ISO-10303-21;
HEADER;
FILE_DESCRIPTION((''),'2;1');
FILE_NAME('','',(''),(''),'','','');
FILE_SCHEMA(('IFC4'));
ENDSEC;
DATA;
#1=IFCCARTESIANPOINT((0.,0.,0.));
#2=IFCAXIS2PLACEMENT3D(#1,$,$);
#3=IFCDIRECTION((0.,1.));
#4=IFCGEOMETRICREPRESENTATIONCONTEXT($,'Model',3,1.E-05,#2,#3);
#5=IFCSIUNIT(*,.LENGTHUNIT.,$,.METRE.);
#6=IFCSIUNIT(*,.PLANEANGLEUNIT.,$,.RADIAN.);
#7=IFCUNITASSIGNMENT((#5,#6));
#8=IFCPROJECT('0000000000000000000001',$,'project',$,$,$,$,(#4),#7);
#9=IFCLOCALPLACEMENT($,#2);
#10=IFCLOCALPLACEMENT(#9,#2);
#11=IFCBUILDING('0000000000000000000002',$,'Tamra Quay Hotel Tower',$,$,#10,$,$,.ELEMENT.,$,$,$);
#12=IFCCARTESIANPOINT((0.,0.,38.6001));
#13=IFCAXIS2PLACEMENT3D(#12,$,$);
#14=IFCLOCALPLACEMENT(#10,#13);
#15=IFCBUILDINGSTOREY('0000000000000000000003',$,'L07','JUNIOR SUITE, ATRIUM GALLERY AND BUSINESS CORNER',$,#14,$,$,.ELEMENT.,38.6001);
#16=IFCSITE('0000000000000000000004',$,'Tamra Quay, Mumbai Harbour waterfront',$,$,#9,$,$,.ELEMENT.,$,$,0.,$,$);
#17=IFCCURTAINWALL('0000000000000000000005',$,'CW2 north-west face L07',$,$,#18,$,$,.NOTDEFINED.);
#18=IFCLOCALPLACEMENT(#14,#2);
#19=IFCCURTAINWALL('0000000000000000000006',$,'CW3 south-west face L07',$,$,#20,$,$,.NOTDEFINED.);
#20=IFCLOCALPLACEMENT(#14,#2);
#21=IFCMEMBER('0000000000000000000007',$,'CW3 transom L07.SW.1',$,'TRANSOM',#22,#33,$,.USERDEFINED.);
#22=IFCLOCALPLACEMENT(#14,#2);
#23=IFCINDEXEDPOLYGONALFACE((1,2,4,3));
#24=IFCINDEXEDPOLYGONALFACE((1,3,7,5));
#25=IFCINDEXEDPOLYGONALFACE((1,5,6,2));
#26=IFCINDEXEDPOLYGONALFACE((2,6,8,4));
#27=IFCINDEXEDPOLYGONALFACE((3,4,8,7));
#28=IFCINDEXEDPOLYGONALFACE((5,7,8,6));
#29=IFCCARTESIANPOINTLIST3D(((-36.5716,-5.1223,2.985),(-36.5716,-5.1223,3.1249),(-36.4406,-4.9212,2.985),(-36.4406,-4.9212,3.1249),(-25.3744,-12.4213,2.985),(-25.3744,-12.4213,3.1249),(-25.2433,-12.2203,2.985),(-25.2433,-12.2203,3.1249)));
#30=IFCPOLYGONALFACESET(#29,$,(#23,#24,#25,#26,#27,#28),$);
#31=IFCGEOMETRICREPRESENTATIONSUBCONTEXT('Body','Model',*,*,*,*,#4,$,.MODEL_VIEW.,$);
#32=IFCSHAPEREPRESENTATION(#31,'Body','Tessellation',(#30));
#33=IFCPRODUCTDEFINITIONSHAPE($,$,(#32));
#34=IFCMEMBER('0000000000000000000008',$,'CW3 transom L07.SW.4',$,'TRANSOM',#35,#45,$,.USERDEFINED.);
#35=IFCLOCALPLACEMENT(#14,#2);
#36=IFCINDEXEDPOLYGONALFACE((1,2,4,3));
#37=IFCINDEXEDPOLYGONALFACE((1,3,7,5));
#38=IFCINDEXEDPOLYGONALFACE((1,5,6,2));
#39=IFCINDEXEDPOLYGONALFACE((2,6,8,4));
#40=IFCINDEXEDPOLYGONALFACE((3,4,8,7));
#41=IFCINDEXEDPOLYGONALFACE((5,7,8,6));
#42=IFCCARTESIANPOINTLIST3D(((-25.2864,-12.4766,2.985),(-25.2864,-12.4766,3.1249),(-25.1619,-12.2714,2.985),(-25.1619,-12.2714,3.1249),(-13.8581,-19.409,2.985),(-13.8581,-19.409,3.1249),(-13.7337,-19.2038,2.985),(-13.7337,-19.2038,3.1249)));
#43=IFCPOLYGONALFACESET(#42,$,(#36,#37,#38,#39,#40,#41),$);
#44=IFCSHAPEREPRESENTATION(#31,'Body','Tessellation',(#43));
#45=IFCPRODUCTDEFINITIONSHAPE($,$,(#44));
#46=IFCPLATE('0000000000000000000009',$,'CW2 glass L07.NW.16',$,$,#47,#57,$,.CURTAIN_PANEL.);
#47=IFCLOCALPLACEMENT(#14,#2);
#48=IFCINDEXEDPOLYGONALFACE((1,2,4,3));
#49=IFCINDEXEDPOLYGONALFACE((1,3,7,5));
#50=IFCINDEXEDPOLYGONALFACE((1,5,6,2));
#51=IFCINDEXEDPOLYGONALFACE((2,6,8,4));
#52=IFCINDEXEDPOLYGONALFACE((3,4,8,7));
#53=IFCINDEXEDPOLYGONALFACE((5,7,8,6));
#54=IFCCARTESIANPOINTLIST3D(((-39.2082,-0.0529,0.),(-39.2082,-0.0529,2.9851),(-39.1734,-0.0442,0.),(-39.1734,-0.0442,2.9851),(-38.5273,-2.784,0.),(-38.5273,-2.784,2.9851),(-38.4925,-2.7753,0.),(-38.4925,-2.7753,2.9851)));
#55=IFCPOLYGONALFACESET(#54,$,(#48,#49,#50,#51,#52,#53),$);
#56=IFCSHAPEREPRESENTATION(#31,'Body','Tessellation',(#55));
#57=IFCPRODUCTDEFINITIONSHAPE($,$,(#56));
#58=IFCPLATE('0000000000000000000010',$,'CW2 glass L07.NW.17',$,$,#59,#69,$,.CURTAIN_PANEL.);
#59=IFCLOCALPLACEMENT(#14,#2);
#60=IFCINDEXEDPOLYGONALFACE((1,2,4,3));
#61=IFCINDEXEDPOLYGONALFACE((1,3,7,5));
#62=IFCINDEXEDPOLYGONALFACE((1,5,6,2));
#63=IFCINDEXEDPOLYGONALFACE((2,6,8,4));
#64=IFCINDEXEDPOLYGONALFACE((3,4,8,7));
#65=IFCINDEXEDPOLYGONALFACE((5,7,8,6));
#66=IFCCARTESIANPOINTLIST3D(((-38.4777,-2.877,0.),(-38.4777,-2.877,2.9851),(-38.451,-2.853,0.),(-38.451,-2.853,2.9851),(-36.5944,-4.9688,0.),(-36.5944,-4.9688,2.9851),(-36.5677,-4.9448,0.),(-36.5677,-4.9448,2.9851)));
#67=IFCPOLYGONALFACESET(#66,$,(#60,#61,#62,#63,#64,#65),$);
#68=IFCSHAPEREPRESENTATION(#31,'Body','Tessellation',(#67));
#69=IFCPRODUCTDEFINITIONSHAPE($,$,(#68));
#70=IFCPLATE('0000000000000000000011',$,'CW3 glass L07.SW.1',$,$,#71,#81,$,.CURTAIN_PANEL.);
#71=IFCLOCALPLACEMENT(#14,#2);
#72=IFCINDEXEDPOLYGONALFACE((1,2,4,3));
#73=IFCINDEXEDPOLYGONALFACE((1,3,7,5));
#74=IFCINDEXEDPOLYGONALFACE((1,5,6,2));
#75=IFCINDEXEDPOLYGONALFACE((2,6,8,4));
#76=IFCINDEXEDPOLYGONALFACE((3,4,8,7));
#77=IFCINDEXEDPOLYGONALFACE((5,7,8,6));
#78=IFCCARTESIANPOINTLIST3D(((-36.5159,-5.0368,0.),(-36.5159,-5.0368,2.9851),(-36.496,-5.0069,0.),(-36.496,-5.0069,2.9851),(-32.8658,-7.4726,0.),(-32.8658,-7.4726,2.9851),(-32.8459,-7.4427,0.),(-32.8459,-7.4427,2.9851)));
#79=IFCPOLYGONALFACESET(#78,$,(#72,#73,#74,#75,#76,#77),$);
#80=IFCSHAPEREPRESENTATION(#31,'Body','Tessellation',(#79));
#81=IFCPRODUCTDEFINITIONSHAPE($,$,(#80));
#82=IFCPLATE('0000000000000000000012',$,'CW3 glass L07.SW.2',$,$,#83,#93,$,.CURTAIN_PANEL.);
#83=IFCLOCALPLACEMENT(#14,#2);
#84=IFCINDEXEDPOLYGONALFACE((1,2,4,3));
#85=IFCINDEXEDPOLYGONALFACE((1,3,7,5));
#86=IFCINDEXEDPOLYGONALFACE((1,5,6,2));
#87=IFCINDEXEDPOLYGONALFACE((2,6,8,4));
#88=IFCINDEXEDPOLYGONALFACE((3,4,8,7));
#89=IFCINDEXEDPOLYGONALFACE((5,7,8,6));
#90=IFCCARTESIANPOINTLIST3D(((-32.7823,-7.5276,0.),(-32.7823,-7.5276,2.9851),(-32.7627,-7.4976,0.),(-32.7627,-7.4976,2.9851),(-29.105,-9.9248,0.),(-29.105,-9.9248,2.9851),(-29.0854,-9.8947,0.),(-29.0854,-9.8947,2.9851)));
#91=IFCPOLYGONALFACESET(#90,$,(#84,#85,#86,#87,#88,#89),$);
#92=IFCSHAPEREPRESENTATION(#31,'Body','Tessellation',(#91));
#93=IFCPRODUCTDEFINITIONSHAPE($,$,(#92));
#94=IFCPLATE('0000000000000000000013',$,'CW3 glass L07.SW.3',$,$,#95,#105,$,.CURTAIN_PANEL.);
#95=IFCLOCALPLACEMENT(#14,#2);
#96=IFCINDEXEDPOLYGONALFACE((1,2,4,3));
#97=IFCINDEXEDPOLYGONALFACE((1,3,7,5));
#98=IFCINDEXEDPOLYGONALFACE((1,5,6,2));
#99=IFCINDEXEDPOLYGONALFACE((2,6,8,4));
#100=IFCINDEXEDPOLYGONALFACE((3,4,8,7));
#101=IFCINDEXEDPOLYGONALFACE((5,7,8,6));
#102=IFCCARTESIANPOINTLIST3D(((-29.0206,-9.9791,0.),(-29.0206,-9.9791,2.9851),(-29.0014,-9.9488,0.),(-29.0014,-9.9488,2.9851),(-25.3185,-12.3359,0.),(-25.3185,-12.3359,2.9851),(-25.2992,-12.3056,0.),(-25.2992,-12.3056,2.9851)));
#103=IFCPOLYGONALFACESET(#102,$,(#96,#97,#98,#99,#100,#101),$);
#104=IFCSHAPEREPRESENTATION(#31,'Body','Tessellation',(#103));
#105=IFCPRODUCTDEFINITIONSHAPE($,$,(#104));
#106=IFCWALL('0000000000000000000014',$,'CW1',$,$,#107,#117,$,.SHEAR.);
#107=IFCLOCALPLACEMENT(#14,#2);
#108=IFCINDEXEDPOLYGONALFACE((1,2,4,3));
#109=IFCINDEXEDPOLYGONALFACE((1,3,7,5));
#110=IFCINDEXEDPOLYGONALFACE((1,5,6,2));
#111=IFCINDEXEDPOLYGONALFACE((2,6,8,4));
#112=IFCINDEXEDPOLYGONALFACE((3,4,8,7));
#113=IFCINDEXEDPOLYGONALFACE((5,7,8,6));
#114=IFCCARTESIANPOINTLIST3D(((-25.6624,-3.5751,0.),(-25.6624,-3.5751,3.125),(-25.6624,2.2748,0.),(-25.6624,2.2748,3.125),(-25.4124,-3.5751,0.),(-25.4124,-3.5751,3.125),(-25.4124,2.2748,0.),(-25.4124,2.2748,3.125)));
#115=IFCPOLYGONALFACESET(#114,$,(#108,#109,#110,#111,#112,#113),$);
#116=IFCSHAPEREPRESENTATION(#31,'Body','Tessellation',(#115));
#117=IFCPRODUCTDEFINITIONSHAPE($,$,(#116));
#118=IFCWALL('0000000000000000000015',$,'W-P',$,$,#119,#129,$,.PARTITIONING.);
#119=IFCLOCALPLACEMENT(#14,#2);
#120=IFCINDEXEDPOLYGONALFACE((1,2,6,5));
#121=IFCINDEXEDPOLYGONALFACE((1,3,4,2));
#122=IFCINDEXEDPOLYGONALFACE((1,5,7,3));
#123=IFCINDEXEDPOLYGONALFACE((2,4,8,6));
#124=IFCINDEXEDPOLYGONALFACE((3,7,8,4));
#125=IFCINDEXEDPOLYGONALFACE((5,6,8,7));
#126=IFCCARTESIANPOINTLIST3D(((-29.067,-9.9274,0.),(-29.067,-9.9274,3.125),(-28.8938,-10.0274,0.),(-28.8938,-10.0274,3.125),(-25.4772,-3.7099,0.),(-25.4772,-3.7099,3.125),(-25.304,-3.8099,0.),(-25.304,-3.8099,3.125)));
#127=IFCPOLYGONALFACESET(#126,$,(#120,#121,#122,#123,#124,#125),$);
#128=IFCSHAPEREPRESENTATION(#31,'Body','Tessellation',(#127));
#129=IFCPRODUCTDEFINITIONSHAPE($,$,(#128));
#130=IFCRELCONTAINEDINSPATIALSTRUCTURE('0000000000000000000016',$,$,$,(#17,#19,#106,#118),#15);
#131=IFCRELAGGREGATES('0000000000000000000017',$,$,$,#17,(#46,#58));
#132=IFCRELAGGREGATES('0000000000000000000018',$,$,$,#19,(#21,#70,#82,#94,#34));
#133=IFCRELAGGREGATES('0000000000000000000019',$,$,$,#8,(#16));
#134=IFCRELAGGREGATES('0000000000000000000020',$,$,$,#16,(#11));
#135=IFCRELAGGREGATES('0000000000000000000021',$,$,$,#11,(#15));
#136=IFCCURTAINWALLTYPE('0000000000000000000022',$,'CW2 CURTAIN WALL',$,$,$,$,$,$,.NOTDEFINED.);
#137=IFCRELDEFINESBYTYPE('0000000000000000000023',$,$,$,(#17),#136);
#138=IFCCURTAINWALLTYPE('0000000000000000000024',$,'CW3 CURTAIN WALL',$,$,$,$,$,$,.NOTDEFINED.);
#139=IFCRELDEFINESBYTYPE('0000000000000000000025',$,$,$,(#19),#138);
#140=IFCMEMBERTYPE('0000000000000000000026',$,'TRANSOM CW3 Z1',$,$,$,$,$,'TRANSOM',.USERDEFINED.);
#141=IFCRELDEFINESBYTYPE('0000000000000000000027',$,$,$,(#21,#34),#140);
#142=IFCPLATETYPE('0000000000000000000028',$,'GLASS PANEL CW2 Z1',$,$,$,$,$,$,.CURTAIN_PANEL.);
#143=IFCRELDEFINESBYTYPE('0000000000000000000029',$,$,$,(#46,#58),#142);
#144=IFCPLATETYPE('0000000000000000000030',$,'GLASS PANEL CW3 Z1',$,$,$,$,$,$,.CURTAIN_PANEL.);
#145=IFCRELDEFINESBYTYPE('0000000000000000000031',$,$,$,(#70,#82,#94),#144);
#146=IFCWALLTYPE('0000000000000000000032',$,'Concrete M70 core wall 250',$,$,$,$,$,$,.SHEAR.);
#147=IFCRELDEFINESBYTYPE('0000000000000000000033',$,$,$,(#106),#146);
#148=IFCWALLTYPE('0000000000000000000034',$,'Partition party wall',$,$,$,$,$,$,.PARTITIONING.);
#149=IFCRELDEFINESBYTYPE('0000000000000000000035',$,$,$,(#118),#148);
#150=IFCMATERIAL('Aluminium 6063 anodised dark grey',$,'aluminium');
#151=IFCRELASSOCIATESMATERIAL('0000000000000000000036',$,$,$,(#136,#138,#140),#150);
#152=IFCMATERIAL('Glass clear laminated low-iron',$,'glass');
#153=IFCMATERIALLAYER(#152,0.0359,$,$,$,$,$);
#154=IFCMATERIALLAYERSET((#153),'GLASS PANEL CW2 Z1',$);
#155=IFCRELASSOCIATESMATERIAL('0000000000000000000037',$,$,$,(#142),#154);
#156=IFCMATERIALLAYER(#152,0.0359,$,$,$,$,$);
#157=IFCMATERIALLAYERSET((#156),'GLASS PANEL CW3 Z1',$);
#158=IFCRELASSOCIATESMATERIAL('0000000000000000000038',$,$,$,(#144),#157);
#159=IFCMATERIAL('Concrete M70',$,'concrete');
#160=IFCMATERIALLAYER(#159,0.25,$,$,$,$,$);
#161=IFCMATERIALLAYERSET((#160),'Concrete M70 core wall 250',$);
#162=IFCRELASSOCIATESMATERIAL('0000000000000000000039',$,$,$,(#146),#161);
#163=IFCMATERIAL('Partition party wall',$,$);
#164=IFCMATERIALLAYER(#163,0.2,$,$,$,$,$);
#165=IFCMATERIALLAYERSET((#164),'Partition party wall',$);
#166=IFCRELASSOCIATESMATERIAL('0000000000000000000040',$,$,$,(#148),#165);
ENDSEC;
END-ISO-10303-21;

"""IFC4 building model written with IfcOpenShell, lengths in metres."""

from ifc_helpers import new_model, si_unit, direction, frame, frame_2d, origin, origin_2d, place, context, subcontext, project, spatial, rectangle, extrude, material, layer, layer_set, material_profile, profile_set, type_object, element, aggregate, save


model = new_model("IFC4")

# Units and contexts
model_context = context("Model", 3, precision=1e-05, world=origin(), true_north=direction((0.0, 1.0)))
body_context = subcontext(model_context, "Body", "Model", "MODEL_VIEW")
ifc_project = project(units=[si_unit("LENGTHUNIT", "METRE"), si_unit("PLANEANGLEUNIT", "RADIAN")], contexts=[model_context])

# Site, building, storey
site_placement = place(None, origin())
site = spatial("IfcSite", under=ifc_project, at=site_placement, Name="Tamra Quay, Mumbai Harbour waterfront", CompositionType="ELEMENT", RefElevation=0.0)
building_placement = place(site_placement, origin())
building = spatial("IfcBuilding", under=site, at=building_placement, Name="Tamra Quay Hotel Tower", CompositionType="ELEMENT")
storey_placement = place(building_placement, frame((0.0, 0.0, 38.6001)))
storey = spatial("IfcBuildingStorey", under=building, at=storey_placement, Name="L07", Description="JUNIOR SUITE, ATRIUM GALLERY AND BUSINESS CORNER", CompositionType="ELEMENT", Elevation=38.6001)

# Shared definitions
ifc_material_1 = material(Name="Concrete M70", Category="concrete")

# Curtain wall
ifc_material_2 = material(Name="Aluminium 6063 anodised dark grey", Category="aluminium")
curtain_wall_type_1 = type_object("IfcCurtainWallType", Name="CW2 CURTAIN WALL", PredefinedType="NOTDEFINED", material=ifc_material_2)
curtain_wall_1_placement = place(storey_placement, origin())
curtain_wall_1 = element("IfcCurtainWall", 1, at=curtain_wall_1_placement, inside=storey, type_object=curtain_wall_type_1, Name="CW2 north-west face L07", PredefinedType="NOTDEFINED")

# Curtain wall
curtain_wall_type_2 = type_object("IfcCurtainWallType", Name="CW3 CURTAIN WALL", PredefinedType="NOTDEFINED", material=ifc_material_2)
curtain_wall_2_placement = place(storey_placement, origin())
curtain_wall_2 = element("IfcCurtainWall", 2, at=curtain_wall_2_placement, inside=storey, type_object=curtain_wall_type_2, Name="CW3 south-west face L07", PredefinedType="NOTDEFINED")

# Members
ifc_material_profile_1 = material_profile(ifc_material_2, rectangle(XDim=0.24, YDim=0.1399, at=origin_2d()), Name="TRANSOM 240X140")
ifc_profile_set_1 = profile_set([ifc_material_profile_1], Name="Aluminium 6063 anodised dark grey")
member_type_1 = type_object("IfcMemberType", Name="TRANSOM CW3 Z1", ElementType="TRANSOM", PredefinedType="USERDEFINED", material=ifc_profile_set_1)
member_1_placement = place(storey_placement, frame((-36.5061, -5.0217, 3.0549), z_axis=(0.83773, -0.546084, 0.0), x_axis=(0.546084, 0.83773, 0.0)))
member_1 = element("IfcMember", 3, at=member_1_placement, type_object=member_type_1, Name="CW3 transom L07.SW.1", ObjectType="TRANSOM", PredefinedType="USERDEFINED", context=body_context, shape_type="SweptSolid", body=[
    extrude(rectangle(XDim=0.24, YDim=0.1399, at=origin_2d()), origin(), (0.0, 0.0, 1.0), 13.3662),
])
member_2_placement = place(storey_placement, frame((-25.2241, -12.374, 3.0549), z_axis=(0.854993, -0.51864, 0.0), x_axis=(0.51864, 0.854993, 0.0)))
member_2 = element("IfcMember", 4, at=member_2_placement, type_object=member_type_1, Name="CW3 transom L07.SW.4", ObjectType="TRANSOM", PredefinedType="USERDEFINED", context=body_context, shape_type="SweptSolid", body=[
    extrude(rectangle(XDim=0.24, YDim=0.1399, at=origin_2d()), origin(), (0.0, 0.0, 1.0), 13.3665),
])

# Plates
ifc_material_3 = material(Name="Glass clear laminated low-iron", Category="glass")
ifc_layer_1 = layer(ifc_material_3, 0.0359)
ifc_layer_set_1 = layer_set([ifc_layer_1], Name="GLASS PANEL CW2 Z1")
plate_type_1 = type_object("IfcPlateType", Name="GLASS PANEL CW2 Z1", PredefinedType="CURTAIN_PANEL", material=ifc_layer_set_1)
plate_1_placement = place(storey_placement, frame((-38.8503, -1.4141, 0.0), z_axis=(0.0, 0.0, 1.0), x_axis=(0.241914, -0.970298, 0.0)))
plate_1 = element("IfcPlate", 5, at=plate_1_placement, type_object=plate_type_1, Name="CW2 glass L07.NW.16", PredefinedType="CURTAIN_PANEL", context=body_context, shape_type="SweptSolid", body=[
    extrude(rectangle(XDim=2.8147, YDim=0.0359, at=origin_2d()), origin(), (0.0, 0.0, 1.0), 2.9851),
])
plate_2_placement = place(storey_placement, frame((-37.5227, -3.9109, 0.0), z_axis=(0.0, 0.0, 1.0), x_axis=(0.669112, -0.743161, 0.0)))
plate_2 = element("IfcPlate", 6, at=plate_2_placement, type_object=plate_type_1, Name="CW2 glass L07.NW.17", PredefinedType="CURTAIN_PANEL", context=body_context, shape_type="SweptSolid", body=[
    extrude(rectangle(XDim=2.8147, YDim=0.0359, at=origin_2d()), origin(), (0.0, 0.0, 1.0), 2.9851),
])
aggregate(curtain_wall_1, [plate_1, plate_2])
ifc_layer_2 = layer(ifc_material_3, 0.0359)
ifc_layer_set_2 = layer_set([ifc_layer_2], Name="GLASS PANEL CW3 Z1")
plate_type_2 = type_object("IfcPlateType", Name="GLASS PANEL CW3 Z1", PredefinedType="CURTAIN_PANEL", material=ifc_layer_set_2)
plate_3_placement = place(storey_placement, frame((-34.6809, -6.2397, 0.0), z_axis=(0.0, 0.0, 1.0), x_axis=(0.831798, -0.555079, 0.0)))
plate_3 = element("IfcPlate", 7, at=plate_3_placement, type_object=plate_type_2, Name="CW3 glass L07.SW.1", PredefinedType="CURTAIN_PANEL", context=body_context, shape_type="SweptSolid", body=[
    extrude(rectangle(XDim=4.3882, YDim=0.0359, at=origin_2d()), origin(), (0.0, 0.0, 1.0), 2.9851),
])
plate_4_placement = place(storey_placement, frame((-30.9338, -8.7112, 0.0), z_axis=(0.0, 0.0, 1.0), x_axis=(0.837728, -0.546088, 0.0)))
plate_4 = element("IfcPlate", 8, at=plate_4_placement, type_object=plate_type_2, Name="CW3 glass L07.SW.2", PredefinedType="CURTAIN_PANEL", context=body_context, shape_type="SweptSolid", body=[
    extrude(rectangle(XDim=4.3896, YDim=0.0359, at=origin_2d()), origin(), (0.0, 0.0, 1.0), 2.9851),
])
plate_5_placement = place(storey_placement, frame((-27.1599, -11.1423, 0.0), z_axis=(0.0, 0.0, 1.0), x_axis=(0.843571, -0.537018, 0.0)))
plate_5 = element("IfcPlate", 9, at=plate_5_placement, type_object=plate_type_2, Name="CW3 glass L07.SW.3", PredefinedType="CURTAIN_PANEL", context=body_context, shape_type="SweptSolid", body=[
    extrude(rectangle(XDim=4.3887, YDim=0.0359, at=origin_2d()), origin(), (0.0, 0.0, 1.0), 2.9851),
])
aggregate(curtain_wall_2, [member_1, plate_3, plate_4, plate_5, member_2])

# Walls
ifc_layer_3 = layer(ifc_material_1, 0.25)
ifc_layer_set_3 = layer_set([ifc_layer_3], Name="Concrete M70 core wall 250")
wall_type_1 = type_object("IfcWallType", Name="Concrete M70 core wall 250", PredefinedType="SHEAR", material=ifc_layer_set_3)
wall_1_placement = place(storey_placement, frame((-25.5374, -3.575, 0.0), z_axis=(0.0, 0.0, 1.0), x_axis=(0.0, 1.0, 0.0)))
element("IfcWall", 10, at=wall_1_placement, inside=storey, type_object=wall_type_1, Name="CW1", PredefinedType="SHEAR", context=body_context, shape_type="SweptSolid", body=[
    extrude(rectangle(XDim=5.8499, YDim=0.25, at=frame_2d((2.9248, 0.0))), origin(), (0.0, 0.0, 1.0), 3.125),
])
ifc_material_4 = material(Name="Partition party wall")
ifc_layer_4 = layer(ifc_material_4, 0.2)
ifc_layer_set_4 = layer_set([ifc_layer_4], Name="Partition party wall")
wall_type_2 = type_object("IfcWallType", Name="Partition party wall", PredefinedType="PARTITIONING", material=ifc_layer_set_4)
wall_2_placement = place(storey_placement, frame((-28.9805, -9.9775, 0.0), z_axis=(0.0, 0.0, 1.0), x_axis=(0.500016, 0.866016, 0.0)))
element("IfcWall", 11, at=wall_2_placement, inside=storey, type_object=wall_type_2, Name="W-P", PredefinedType="PARTITIONING", context=body_context, shape_type="SweptSolid", body=[
    extrude(rectangle(XDim=7.1794, YDim=0.2, at=frame_2d((3.5898, 0.0))), origin(), (0.0, 0.0, 1.0), 3.125),
])

save(model, "model.ifc")
